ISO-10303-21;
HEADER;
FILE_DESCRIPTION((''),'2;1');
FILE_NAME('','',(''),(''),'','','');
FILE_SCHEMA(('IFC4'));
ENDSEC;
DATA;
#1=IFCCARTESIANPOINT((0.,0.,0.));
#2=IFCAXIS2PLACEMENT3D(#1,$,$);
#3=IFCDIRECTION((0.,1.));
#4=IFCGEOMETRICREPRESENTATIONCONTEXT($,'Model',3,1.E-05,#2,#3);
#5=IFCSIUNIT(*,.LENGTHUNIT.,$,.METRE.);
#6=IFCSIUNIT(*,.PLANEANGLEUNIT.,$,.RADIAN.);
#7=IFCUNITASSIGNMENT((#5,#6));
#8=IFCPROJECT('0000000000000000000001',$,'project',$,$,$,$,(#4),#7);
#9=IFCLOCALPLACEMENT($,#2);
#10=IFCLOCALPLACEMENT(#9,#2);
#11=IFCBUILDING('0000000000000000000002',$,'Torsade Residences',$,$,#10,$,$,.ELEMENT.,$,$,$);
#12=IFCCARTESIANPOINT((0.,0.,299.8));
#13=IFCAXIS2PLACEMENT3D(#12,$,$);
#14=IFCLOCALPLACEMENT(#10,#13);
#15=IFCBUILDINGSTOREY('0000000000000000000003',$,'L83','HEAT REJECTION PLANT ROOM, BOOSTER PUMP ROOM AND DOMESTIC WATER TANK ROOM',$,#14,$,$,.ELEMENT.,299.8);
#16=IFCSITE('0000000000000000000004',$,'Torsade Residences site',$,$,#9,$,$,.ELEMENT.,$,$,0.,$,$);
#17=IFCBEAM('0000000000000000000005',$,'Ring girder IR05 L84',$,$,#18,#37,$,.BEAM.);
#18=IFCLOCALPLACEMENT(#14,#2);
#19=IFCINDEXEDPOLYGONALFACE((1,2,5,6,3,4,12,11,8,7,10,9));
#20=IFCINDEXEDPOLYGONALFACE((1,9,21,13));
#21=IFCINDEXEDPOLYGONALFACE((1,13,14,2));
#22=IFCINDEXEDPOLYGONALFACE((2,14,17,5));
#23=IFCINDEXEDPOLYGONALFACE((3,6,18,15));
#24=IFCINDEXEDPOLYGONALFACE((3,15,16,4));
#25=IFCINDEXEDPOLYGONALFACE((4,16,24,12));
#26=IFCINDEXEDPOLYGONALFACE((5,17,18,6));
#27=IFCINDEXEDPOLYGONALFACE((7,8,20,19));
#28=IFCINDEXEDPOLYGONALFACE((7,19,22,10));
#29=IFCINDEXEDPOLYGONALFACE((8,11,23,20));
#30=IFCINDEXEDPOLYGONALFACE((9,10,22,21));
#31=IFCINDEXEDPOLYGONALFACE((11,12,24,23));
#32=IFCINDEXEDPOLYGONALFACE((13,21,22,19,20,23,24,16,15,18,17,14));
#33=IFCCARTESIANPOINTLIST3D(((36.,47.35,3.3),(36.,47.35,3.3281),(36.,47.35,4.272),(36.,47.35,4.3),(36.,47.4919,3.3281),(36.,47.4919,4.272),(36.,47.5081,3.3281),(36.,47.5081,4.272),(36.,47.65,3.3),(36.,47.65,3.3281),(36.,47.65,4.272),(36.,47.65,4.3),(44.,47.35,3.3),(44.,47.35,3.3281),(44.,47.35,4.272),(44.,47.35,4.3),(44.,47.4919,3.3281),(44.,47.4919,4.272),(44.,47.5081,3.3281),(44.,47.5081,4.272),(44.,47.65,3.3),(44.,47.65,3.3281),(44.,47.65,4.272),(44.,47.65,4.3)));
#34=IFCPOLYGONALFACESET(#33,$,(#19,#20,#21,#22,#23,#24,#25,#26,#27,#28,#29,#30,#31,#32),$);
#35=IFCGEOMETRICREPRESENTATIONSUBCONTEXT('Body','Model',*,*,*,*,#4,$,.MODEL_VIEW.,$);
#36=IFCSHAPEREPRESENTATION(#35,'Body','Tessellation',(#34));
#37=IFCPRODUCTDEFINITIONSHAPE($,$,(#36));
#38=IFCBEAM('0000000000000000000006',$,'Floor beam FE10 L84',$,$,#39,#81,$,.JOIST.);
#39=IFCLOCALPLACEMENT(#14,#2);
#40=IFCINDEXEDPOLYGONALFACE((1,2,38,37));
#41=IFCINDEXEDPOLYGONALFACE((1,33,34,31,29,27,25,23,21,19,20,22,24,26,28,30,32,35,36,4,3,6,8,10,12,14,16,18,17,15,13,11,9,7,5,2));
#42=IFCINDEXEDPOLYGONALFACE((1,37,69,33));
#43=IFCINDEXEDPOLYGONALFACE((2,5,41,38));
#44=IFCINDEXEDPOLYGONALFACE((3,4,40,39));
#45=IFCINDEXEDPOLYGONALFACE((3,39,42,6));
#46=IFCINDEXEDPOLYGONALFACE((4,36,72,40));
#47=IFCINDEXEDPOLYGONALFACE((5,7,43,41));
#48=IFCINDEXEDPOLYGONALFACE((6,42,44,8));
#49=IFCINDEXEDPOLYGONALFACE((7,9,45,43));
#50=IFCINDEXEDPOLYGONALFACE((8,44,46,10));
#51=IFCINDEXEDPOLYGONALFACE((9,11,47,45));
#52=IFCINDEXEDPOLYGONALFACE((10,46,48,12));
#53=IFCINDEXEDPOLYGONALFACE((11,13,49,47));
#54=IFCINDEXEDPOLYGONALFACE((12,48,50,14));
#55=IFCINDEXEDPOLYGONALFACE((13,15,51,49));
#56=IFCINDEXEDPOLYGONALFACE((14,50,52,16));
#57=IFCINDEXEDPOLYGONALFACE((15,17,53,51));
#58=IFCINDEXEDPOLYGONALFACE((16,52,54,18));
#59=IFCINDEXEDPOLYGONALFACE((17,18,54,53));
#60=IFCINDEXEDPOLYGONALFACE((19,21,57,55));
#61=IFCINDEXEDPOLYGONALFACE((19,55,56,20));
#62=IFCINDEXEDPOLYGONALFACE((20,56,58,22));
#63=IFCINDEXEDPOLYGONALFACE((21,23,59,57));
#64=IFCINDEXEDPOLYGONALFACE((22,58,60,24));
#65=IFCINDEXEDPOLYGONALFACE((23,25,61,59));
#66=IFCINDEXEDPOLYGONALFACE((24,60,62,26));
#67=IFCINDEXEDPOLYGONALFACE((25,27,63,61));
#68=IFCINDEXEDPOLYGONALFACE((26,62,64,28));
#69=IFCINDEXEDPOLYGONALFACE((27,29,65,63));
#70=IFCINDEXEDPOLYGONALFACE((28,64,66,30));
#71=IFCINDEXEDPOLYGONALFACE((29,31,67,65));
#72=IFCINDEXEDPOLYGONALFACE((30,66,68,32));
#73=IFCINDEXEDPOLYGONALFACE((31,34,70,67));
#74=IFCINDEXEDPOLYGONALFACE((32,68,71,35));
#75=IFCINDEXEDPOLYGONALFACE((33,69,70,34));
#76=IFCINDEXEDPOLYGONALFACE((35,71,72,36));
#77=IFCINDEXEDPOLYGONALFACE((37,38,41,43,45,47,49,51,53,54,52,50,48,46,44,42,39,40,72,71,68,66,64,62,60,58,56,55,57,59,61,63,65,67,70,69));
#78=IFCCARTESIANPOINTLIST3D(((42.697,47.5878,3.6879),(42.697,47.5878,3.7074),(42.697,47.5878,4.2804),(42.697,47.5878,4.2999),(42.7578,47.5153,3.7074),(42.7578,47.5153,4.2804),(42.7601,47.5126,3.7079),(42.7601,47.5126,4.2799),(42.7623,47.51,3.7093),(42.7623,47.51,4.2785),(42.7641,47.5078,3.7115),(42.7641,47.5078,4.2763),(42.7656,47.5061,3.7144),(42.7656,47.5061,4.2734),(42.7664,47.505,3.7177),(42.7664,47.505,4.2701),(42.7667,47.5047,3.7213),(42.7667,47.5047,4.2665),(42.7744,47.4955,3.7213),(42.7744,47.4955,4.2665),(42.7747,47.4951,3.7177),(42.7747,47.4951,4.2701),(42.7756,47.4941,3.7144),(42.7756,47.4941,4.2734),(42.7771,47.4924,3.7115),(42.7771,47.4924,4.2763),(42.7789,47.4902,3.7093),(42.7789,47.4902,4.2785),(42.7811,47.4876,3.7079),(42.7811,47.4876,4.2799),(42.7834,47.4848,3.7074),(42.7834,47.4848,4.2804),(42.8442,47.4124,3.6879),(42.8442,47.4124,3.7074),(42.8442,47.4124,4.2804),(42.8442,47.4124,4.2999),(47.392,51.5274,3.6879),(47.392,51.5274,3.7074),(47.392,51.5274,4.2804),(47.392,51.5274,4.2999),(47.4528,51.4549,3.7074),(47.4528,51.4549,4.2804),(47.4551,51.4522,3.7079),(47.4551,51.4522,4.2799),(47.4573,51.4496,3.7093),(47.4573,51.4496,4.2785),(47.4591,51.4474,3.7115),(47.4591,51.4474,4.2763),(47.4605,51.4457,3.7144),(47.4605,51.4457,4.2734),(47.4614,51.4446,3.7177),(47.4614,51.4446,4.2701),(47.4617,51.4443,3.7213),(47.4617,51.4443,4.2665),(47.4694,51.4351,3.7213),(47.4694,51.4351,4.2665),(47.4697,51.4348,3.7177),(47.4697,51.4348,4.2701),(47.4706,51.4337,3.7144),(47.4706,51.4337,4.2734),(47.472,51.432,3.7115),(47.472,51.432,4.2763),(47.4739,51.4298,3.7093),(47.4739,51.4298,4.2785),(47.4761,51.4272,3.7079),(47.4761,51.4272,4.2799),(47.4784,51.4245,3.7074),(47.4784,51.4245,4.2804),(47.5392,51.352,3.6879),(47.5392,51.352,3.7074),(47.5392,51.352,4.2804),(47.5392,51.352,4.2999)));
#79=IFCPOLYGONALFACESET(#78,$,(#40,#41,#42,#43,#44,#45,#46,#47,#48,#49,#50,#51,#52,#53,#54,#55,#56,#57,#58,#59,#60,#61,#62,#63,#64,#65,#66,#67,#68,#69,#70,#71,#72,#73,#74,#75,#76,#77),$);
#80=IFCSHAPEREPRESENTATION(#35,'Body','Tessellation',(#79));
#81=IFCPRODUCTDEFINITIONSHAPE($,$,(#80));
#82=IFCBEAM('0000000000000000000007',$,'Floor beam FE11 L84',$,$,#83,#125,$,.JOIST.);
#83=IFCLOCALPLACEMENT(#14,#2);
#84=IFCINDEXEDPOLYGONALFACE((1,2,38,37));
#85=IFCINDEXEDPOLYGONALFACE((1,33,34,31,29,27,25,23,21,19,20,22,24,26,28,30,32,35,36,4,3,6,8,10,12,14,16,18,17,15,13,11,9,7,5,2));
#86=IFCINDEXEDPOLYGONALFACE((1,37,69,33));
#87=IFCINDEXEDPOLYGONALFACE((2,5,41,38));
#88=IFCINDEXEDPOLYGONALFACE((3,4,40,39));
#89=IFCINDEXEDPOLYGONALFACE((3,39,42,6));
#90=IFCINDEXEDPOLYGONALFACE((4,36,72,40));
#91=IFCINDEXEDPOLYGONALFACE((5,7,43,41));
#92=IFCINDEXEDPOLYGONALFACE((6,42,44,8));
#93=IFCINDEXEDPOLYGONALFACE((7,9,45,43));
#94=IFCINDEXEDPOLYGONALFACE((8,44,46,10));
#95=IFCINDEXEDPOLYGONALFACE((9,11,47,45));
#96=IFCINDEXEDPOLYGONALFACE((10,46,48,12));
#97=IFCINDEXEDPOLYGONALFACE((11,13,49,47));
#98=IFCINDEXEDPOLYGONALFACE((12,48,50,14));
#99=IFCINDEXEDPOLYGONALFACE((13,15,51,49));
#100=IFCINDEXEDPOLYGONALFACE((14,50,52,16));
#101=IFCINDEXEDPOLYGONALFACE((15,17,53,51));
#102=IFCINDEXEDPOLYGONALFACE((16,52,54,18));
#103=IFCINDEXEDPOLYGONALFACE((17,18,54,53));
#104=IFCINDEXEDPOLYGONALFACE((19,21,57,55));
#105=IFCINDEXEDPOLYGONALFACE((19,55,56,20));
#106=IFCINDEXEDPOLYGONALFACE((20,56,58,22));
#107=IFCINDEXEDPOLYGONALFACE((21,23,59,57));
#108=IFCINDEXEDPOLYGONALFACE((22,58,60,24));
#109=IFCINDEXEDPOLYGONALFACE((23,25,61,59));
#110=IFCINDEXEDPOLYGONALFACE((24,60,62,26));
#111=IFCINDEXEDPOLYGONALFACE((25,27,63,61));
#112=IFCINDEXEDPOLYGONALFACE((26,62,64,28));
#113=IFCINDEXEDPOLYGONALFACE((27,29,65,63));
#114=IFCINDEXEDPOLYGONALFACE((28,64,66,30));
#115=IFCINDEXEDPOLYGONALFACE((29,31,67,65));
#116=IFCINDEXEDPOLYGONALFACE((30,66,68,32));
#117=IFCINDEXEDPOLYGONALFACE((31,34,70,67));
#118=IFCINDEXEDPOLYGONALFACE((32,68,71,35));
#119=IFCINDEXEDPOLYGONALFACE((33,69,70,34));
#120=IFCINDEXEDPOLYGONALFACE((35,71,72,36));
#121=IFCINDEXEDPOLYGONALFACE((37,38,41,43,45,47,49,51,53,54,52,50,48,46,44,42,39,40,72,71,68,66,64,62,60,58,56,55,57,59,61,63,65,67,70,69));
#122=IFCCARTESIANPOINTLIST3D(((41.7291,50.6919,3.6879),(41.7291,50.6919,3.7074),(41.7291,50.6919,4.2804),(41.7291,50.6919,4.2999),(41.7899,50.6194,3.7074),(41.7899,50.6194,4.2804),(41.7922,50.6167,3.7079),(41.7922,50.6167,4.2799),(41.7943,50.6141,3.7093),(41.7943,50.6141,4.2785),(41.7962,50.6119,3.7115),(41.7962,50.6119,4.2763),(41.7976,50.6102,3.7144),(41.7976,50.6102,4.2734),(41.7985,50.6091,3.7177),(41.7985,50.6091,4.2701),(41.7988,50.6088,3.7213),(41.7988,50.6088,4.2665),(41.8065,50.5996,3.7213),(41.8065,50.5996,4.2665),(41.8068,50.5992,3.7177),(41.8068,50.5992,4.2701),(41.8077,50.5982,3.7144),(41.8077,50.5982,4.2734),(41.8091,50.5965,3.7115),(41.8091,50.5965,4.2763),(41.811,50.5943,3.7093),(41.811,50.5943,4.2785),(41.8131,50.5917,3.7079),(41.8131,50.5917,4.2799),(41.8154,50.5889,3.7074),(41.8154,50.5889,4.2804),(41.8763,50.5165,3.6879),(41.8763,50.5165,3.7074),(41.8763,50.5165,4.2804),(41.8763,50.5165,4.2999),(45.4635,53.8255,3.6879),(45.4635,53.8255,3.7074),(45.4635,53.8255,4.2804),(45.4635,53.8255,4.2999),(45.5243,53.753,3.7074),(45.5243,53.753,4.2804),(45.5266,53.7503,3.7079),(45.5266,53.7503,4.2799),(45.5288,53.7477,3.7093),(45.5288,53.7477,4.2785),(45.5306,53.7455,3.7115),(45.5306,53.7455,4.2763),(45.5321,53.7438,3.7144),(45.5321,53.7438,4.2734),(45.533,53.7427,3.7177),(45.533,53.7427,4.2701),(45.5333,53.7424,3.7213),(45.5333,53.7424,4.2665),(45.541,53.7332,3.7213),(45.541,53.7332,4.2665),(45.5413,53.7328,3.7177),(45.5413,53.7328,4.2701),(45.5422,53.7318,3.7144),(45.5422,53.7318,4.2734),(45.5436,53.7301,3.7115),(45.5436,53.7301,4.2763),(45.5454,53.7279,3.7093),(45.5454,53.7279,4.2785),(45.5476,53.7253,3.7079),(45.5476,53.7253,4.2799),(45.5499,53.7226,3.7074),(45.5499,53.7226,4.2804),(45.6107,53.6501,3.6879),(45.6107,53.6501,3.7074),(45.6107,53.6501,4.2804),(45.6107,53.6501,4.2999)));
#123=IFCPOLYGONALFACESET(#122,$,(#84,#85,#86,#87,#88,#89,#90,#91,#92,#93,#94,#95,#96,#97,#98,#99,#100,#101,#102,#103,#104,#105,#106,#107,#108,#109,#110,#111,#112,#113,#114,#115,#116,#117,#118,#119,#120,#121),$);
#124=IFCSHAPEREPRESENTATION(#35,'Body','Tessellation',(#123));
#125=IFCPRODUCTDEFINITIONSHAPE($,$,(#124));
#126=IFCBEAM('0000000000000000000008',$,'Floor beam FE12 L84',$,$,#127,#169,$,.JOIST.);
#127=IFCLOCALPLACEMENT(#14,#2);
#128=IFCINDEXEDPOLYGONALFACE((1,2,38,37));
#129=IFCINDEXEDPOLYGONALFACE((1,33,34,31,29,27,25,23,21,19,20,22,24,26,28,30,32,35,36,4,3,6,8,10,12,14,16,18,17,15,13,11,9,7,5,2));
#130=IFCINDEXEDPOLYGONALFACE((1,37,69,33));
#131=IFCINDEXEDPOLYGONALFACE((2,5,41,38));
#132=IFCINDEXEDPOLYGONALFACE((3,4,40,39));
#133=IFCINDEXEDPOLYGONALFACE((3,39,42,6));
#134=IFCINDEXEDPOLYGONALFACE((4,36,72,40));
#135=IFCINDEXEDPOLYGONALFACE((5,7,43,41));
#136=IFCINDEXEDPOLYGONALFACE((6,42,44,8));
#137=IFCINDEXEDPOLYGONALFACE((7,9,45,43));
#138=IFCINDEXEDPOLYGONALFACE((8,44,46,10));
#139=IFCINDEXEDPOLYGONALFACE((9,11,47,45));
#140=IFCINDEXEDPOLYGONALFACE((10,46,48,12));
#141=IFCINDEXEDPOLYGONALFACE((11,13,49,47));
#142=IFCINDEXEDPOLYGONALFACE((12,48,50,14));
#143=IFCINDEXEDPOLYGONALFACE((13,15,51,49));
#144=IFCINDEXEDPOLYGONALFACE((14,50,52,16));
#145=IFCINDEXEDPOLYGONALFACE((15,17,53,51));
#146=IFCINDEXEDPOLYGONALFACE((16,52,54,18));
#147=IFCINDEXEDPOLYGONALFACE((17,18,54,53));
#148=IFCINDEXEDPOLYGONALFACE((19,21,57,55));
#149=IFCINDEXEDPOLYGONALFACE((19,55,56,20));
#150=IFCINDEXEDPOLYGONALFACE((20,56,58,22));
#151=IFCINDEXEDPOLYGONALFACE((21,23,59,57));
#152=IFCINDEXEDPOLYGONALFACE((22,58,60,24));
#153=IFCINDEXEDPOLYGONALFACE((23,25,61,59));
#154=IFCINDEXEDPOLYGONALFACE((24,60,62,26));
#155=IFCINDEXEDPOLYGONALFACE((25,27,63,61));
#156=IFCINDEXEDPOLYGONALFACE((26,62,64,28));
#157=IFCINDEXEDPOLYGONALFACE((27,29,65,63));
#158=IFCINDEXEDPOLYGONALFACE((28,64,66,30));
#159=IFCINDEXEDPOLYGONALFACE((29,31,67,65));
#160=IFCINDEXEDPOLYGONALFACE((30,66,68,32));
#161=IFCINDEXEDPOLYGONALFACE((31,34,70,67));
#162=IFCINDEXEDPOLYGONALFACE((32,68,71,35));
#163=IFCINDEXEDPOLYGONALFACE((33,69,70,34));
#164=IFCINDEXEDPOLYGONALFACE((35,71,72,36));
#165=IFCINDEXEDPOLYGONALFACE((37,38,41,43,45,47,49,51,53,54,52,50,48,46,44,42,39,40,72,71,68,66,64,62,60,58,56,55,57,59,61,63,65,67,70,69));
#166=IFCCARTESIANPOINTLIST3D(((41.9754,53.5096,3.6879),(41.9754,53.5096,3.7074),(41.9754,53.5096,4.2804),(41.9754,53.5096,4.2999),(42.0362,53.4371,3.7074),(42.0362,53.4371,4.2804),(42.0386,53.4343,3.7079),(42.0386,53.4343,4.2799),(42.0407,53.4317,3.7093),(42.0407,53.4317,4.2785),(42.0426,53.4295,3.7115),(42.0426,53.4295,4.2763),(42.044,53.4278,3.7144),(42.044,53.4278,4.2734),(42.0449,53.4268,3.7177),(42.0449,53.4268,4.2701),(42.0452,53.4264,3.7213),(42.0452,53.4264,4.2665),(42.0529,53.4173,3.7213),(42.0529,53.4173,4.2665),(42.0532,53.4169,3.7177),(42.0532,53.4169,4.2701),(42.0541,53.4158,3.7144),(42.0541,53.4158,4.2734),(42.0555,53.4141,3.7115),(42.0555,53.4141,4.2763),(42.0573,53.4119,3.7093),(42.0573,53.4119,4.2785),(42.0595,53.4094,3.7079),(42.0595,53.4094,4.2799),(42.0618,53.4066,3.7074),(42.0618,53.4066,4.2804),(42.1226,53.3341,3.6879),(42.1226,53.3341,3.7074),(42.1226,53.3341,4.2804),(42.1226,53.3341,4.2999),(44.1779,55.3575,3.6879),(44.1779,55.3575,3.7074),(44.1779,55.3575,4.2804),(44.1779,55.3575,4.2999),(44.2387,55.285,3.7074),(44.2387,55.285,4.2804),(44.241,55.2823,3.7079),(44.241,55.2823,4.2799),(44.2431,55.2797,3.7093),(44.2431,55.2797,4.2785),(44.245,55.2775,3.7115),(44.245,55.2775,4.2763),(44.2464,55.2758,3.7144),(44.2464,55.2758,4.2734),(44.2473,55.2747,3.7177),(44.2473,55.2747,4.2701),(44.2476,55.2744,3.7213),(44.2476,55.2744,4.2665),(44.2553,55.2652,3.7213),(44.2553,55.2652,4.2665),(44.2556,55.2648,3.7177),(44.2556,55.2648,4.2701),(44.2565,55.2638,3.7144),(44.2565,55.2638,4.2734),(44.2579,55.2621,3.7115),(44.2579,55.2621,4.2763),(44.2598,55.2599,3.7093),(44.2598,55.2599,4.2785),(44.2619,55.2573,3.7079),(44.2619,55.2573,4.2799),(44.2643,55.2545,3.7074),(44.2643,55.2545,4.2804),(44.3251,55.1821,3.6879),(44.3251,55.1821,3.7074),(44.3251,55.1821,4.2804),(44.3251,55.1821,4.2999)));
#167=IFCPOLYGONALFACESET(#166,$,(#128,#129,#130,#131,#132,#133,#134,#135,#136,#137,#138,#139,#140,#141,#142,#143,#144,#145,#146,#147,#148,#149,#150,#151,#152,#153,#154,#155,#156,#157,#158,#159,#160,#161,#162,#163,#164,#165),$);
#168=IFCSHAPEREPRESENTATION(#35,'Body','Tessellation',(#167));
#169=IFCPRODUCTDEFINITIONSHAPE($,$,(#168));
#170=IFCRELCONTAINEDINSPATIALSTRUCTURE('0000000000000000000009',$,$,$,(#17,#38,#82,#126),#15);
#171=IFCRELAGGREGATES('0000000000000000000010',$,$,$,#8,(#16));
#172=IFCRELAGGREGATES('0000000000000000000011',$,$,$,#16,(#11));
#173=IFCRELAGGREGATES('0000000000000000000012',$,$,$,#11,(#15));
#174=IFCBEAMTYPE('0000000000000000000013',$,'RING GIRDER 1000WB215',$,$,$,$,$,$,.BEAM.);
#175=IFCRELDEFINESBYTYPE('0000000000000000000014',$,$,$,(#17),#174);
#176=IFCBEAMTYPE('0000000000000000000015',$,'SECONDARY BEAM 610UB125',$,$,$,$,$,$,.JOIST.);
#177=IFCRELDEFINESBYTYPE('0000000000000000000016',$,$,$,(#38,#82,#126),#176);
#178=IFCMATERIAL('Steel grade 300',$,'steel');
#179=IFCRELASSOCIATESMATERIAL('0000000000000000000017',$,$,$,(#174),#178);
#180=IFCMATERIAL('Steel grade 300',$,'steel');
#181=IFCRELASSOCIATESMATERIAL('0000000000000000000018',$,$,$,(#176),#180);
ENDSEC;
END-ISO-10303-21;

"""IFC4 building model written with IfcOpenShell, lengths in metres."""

from ifc_helpers import new_model, si_unit, direction, frame, origin, origin_2d, place, context, subcontext, project, spatial, i_section, extrude, material, material_profile, profile_set, type_object, element, save


model = new_model("IFC4")

# Units and contexts
model_context = context("Model", 3, precision=1e-05, world=origin(), true_north=direction((0.0, 1.0)))
body_context = subcontext(model_context, "Body", "Model", "MODEL_VIEW")
ifc_project = project(units=[si_unit("LENGTHUNIT", "METRE"), si_unit("PLANEANGLEUNIT", "RADIAN")], contexts=[model_context])

# Site, building, storey
site_placement = place(None, origin())
site = spatial("IfcSite", under=ifc_project, at=site_placement, Name="Torsade Residences site", CompositionType="ELEMENT", RefElevation=0.0)
building_placement = place(site_placement, origin())
building = spatial("IfcBuilding", under=site, at=building_placement, Name="Torsade Residences", CompositionType="ELEMENT")
storey_placement = place(building_placement, frame((0.0, 0.0, 299.8)))
storey = spatial("IfcBuildingStorey", under=building, at=storey_placement, Name="L83", Description="HEAT REJECTION PLANT ROOM, BOOSTER PUMP ROOM AND DOMESTIC WATER TANK ROOM", CompositionType="ELEMENT", Elevation=299.8)

# Beams
ifc_material_1 = material(Name="Steel grade 300", Category="steel")
ifc_material_profile_1 = material_profile(ifc_material_1, i_section(OverallWidth=0.3, OverallDepth=1.0, WebThickness=0.0161, FlangeThickness=0.0281, at=origin_2d()), Name="1000WB215")
ifc_profile_set_1 = profile_set([ifc_material_profile_1], Name="Steel grade 300")
beam_type_1 = type_object("IfcBeamType", Name="RING GIRDER 1000WB215", PredefinedType="BEAM", material=ifc_profile_set_1)
beam_1_placement = place(storey_placement, frame((44.0, 47.5, 3.8), z_axis=(-1.0, 0.0, 0.0), x_axis=(0.0, -1.0, 0.0)))
element("IfcBeam", 1, at=beam_1_placement, inside=storey, type_object=beam_type_1, Name="Ring girder IR05 L84", PredefinedType="BEAM", context=body_context, shape_type="SweptSolid", body=[
    extrude(i_section(OverallWidth=0.3, OverallDepth=1.0, WebThickness=0.0161, FlangeThickness=0.0281, at=origin_2d()), origin(), (0.0, 0.0, 1.0), 8.0),
])
ifc_material_2 = material(Name="Steel grade 300", Category="steel")
ifc_material_profile_2 = material_profile(ifc_material_2, i_section(OverallWidth=0.229, OverallDepth=0.6121, WebThickness=0.012, FlangeThickness=0.0195, FilletRadius=0.0139, at=origin_2d()), Name="610UB125")
ifc_profile_set_2 = profile_set([ifc_material_profile_2], Name="Steel grade 300")
beam_type_2 = type_object("IfcBeamType", Name="SECONDARY BEAM 610UB125", PredefinedType="JOIST", material=ifc_profile_set_2)
beam_2_placement = place(storey_placement, frame((47.4656, 51.4397, 3.9939), z_axis=(-0.766039, -0.642794, 0.0), x_axis=(0.642794, -0.766039, 0.0)))
element("IfcBeam", 2, at=beam_2_placement, inside=storey, type_object=beam_type_2, Name="Floor beam FE10 L84", PredefinedType="JOIST", context=body_context, shape_type="SweptSolid", body=[
    extrude(i_section(OverallWidth=0.229, OverallDepth=0.6121, WebThickness=0.012, FlangeThickness=0.0195, FilletRadius=0.0139, at=origin_2d()), origin(), (0.0, 0.0, 1.0), 6.1289),
])
beam_3_placement = place(storey_placement, frame((45.5371, 53.7378, 3.9939), z_axis=(-0.766041, -0.642791, 0.0), x_axis=(0.642791, -0.766041, 0.0)))
element("IfcBeam", 3, at=beam_3_placement, inside=storey, type_object=beam_type_2, Name="Floor beam FE11 L84", PredefinedType="JOIST", context=body_context, shape_type="SweptSolid", body=[
    extrude(i_section(OverallWidth=0.229, OverallDepth=0.6121, WebThickness=0.012, FlangeThickness=0.0195, FilletRadius=0.0139, at=origin_2d()), origin(), (0.0, 0.0, 1.0), 4.875),
])
for number, where, z_axis, x_axis, name in (
    (4, (44.2515, 55.2698, 3.9939), (-0.766066, -0.642762, 0.0), (0.642762, -0.766066, 0.0), "Floor beam FE12 L84"),
):
    element("IfcBeam", number, at=place(storey_placement, frame(where, z_axis=z_axis, x_axis=x_axis)), inside=storey, type_object=beam_type_2, Name=name, PredefinedType="JOIST", context=body_context, shape_type="SweptSolid", body=[
        extrude(i_section(OverallWidth=0.229, OverallDepth=0.6121, WebThickness=0.012, FlangeThickness=0.0195, FilletRadius=0.0139, at=origin_2d()), origin(), (0.0, 0.0, 1.0), 2.875),
    ])

save(model, "model.ifc")
